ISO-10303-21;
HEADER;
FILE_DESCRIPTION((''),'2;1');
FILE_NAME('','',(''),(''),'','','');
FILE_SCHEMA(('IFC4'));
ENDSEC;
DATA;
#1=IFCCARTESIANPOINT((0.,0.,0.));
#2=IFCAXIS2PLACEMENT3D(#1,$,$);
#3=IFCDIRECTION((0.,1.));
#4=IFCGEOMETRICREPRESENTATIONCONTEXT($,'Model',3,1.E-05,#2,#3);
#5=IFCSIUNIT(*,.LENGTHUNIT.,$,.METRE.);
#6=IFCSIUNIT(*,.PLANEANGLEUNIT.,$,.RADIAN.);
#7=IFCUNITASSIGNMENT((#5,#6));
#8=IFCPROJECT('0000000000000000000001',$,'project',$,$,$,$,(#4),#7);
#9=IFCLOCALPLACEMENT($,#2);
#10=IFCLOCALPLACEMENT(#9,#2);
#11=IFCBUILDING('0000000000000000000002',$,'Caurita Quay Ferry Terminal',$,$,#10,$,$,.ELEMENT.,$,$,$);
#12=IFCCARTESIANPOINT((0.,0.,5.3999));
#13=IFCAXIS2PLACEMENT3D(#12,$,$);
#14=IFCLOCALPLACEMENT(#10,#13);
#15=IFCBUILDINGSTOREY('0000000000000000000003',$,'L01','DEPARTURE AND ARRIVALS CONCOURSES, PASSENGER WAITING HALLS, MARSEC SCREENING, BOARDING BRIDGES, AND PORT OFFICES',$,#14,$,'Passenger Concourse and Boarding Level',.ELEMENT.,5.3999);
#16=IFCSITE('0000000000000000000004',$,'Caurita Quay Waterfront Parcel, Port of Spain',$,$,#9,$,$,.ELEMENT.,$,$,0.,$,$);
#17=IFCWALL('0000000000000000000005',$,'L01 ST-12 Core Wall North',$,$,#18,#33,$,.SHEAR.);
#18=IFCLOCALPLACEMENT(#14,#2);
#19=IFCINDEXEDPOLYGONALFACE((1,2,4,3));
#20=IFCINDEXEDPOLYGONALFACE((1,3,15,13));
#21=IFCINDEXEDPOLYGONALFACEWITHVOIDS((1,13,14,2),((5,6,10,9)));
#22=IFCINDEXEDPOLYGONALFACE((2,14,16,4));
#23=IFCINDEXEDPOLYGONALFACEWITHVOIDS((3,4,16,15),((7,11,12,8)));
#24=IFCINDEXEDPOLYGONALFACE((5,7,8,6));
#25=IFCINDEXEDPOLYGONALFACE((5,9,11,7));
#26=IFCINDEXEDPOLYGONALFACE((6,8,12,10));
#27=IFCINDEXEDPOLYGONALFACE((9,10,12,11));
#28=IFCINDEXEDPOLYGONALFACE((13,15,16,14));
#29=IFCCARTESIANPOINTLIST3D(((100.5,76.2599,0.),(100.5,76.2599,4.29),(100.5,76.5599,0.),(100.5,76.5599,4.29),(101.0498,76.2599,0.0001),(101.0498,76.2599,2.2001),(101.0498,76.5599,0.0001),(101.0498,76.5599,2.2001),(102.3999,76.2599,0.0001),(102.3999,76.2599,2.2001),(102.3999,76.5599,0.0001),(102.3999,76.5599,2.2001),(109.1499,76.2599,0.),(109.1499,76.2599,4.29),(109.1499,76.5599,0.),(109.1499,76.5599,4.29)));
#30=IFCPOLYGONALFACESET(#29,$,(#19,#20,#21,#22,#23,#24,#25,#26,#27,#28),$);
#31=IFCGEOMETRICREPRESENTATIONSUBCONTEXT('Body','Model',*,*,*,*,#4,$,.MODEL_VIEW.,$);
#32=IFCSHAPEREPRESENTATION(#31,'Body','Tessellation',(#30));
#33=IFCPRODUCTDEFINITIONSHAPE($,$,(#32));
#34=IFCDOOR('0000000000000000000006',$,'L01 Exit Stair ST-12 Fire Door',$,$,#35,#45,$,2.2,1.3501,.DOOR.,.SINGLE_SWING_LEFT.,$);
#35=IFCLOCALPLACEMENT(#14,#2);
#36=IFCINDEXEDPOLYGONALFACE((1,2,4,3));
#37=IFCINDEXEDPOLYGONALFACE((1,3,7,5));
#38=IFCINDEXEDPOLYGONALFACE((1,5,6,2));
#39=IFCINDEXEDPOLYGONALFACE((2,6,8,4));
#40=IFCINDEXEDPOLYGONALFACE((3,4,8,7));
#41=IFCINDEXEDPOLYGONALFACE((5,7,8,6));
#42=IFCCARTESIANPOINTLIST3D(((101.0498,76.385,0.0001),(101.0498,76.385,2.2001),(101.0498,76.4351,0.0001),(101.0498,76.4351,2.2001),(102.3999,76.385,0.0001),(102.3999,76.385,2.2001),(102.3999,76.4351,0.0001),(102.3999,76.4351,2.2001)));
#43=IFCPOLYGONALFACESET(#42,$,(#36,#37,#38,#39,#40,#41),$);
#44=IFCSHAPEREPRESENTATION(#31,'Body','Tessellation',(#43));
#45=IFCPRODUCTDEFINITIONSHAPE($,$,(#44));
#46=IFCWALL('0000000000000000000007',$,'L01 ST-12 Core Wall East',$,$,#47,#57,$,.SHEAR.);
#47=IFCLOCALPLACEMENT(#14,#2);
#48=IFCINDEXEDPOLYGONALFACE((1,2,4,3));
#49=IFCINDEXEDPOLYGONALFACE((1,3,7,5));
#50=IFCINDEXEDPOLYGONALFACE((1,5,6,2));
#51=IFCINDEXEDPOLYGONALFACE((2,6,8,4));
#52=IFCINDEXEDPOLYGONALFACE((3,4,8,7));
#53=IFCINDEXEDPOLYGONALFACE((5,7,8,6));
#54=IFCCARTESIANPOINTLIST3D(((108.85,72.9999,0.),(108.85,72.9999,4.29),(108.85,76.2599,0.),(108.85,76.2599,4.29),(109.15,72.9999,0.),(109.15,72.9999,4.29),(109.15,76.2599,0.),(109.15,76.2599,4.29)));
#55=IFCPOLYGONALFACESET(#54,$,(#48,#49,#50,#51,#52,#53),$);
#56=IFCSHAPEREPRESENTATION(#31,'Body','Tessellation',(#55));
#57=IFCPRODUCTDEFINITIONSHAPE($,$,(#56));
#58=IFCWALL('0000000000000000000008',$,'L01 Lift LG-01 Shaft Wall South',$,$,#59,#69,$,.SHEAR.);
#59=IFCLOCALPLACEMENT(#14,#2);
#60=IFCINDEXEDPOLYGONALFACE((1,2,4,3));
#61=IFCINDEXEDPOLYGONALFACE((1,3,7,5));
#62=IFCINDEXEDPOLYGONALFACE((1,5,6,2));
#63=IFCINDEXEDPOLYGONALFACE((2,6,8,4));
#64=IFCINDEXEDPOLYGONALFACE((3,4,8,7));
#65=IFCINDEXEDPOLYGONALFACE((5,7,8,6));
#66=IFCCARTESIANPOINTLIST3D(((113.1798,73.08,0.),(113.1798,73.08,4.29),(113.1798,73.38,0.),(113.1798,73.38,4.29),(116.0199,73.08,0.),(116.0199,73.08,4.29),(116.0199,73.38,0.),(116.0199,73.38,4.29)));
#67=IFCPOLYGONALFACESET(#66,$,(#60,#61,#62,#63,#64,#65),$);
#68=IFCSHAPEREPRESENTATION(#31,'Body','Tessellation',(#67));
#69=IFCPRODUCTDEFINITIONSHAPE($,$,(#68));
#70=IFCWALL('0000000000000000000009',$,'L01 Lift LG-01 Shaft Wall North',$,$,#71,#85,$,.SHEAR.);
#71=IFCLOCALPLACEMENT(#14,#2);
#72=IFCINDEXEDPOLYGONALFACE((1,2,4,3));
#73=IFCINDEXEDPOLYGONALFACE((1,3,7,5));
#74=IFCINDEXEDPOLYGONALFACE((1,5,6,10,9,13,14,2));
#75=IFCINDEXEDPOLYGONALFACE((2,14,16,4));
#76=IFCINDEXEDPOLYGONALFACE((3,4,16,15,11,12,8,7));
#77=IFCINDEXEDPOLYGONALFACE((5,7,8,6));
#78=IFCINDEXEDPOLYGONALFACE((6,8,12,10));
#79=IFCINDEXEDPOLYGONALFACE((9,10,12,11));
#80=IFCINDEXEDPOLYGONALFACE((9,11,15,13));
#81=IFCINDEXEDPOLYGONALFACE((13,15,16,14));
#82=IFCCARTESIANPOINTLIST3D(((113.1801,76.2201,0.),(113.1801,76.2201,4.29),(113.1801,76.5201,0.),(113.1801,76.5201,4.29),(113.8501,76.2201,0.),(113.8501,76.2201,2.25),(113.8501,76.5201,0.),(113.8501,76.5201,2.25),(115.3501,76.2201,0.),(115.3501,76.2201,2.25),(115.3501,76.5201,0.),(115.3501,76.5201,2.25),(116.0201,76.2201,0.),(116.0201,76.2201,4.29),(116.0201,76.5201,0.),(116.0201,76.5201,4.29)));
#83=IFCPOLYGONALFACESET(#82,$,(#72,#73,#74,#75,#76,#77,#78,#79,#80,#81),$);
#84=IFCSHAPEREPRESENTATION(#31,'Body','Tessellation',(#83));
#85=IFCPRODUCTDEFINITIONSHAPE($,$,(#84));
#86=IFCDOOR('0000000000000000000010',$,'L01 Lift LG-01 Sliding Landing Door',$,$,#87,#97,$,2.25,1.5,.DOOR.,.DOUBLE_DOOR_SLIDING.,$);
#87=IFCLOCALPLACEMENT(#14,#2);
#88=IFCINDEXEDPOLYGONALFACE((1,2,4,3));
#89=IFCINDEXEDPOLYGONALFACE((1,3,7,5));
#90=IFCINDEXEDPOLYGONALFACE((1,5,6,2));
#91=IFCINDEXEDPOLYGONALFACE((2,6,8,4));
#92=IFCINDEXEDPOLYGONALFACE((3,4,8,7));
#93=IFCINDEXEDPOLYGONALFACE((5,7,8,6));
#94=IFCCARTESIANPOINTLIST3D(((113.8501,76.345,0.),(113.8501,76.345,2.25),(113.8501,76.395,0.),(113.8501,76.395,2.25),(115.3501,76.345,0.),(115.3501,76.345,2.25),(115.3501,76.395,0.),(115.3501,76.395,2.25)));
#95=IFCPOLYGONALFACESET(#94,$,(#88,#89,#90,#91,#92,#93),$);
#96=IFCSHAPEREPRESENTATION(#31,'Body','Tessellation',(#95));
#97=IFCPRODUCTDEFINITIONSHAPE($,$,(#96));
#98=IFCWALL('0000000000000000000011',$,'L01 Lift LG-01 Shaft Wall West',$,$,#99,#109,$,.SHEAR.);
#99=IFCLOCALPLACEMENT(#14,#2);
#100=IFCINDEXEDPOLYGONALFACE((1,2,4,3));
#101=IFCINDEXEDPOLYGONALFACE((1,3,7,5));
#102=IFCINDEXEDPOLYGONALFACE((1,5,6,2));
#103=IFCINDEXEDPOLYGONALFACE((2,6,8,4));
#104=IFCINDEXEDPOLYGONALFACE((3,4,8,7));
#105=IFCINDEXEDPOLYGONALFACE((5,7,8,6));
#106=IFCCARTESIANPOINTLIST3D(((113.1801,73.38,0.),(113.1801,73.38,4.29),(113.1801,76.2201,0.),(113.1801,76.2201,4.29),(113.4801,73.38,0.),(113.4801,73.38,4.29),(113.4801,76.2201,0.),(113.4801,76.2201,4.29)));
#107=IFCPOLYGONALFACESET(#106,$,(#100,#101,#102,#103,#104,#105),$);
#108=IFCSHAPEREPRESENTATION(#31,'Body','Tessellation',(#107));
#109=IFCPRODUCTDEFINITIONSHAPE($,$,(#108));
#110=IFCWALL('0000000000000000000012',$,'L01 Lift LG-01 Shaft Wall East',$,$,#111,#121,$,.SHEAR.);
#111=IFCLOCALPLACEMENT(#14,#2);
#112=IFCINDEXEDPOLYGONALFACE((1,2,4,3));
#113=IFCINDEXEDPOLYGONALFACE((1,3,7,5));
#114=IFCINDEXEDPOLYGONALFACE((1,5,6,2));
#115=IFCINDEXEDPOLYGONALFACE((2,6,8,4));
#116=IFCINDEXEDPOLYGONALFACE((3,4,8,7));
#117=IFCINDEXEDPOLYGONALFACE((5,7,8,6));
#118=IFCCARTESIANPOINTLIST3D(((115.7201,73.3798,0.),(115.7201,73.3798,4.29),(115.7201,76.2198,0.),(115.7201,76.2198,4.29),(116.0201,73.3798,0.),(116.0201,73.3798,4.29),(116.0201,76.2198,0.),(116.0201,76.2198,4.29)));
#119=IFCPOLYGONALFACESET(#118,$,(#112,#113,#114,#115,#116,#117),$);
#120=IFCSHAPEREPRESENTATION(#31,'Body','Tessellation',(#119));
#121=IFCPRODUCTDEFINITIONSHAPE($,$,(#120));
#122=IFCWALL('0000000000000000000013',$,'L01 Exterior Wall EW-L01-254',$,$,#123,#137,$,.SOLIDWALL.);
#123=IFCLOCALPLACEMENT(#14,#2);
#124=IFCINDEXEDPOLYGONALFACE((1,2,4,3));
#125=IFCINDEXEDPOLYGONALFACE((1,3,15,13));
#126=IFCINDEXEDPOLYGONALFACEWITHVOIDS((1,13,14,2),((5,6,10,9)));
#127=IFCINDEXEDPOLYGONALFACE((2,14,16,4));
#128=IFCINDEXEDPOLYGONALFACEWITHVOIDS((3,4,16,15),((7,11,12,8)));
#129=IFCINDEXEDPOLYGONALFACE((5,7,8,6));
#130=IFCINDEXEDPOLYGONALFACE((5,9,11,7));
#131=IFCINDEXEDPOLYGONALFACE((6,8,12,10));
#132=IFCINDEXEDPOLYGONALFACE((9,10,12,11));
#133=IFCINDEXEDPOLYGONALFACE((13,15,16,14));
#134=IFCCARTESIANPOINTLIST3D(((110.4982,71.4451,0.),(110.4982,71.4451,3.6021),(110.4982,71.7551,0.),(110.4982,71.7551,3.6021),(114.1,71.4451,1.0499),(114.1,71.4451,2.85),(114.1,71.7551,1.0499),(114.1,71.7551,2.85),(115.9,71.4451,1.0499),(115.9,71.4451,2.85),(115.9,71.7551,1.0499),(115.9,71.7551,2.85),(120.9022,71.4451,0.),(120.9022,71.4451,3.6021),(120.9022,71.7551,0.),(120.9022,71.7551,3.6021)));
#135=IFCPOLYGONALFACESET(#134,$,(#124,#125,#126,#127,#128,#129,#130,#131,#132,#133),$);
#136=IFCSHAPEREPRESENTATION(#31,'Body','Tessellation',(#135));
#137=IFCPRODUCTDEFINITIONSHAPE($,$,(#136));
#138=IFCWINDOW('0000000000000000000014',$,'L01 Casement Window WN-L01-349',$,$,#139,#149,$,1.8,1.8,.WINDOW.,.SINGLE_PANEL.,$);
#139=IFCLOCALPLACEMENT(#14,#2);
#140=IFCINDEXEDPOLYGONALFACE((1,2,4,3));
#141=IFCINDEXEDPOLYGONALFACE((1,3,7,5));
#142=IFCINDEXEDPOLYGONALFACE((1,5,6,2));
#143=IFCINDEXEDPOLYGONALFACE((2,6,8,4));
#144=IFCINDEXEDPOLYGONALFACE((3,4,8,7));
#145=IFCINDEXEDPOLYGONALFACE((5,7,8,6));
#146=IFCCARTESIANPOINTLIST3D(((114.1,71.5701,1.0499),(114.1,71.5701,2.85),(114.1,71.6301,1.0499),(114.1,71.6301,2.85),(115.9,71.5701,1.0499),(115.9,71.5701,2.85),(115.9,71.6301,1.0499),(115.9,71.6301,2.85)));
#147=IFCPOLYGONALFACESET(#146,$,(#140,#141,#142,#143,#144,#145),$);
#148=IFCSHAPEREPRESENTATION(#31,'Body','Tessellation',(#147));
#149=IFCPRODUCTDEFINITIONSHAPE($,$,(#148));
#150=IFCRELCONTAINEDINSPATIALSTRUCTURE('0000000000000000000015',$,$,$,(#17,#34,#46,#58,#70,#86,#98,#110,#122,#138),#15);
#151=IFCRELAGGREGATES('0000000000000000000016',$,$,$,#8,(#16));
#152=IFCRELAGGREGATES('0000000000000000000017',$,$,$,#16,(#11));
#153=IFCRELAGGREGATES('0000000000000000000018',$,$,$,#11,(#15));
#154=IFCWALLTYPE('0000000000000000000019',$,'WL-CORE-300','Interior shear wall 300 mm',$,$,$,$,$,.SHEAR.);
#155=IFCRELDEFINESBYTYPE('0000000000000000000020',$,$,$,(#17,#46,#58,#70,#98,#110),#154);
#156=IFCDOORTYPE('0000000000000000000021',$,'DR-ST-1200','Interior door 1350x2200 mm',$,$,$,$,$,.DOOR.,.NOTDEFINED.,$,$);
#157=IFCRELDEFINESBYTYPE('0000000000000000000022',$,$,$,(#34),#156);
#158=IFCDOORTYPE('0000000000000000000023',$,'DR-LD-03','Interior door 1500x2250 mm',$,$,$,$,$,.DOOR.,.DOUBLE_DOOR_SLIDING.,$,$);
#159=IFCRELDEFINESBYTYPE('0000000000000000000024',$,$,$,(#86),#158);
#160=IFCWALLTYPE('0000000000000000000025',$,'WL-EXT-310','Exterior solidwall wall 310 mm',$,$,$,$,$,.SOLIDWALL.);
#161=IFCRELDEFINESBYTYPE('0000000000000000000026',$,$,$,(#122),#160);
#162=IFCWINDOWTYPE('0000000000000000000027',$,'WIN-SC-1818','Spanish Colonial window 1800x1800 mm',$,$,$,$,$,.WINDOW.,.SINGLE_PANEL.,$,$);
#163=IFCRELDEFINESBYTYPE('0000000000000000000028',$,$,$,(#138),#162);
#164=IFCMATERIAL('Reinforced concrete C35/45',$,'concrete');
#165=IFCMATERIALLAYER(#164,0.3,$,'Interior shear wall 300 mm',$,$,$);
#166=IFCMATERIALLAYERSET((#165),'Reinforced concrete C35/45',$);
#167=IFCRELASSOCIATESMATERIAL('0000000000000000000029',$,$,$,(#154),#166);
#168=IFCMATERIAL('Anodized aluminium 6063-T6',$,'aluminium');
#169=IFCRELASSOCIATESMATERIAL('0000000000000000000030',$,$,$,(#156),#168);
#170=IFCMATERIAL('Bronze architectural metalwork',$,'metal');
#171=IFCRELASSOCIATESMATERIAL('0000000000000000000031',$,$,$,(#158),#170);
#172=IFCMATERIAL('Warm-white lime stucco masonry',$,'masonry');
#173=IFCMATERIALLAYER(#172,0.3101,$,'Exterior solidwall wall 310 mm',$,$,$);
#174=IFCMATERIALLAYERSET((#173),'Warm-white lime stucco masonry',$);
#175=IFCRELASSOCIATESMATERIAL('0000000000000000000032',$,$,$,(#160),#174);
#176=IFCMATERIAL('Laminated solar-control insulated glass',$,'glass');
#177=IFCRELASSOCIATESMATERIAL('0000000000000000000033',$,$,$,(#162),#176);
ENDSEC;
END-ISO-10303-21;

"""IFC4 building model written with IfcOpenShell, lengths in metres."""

from ifc_helpers import new_model, si_unit, direction, frame, frame_2d, origin, place, context, subcontext, project, spatial, rectangle, extrude, material, layer, layer_set, type_object, element, fill, save


model = new_model("IFC4")

# Units and contexts
model_context = context("Model", 3, precision=1e-05, world=origin(), true_north=direction((0.0, 1.0)))
body_context = subcontext(model_context, "Body", "Model", "MODEL_VIEW")
ifc_project = project(units=[si_unit("LENGTHUNIT", "METRE"), si_unit("PLANEANGLEUNIT", "RADIAN")], contexts=[model_context])

# Site, building, storey
site_placement = place(None, origin())
site = spatial("IfcSite", under=ifc_project, at=site_placement, Name="Caurita Quay Waterfront Parcel, Port of Spain", CompositionType="ELEMENT", RefElevation=0.0)
building_placement = place(site_placement, origin())
building = spatial("IfcBuilding", under=site, at=building_placement, Name="Caurita Quay Ferry Terminal", CompositionType="ELEMENT")
storey_placement = place(building_placement, frame((0.0, 0.0, 5.3999)))
storey = spatial("IfcBuildingStorey", under=building, at=storey_placement, Name="L01", Description="DEPARTURE AND ARRIVALS CONCOURSES, PASSENGER WAITING HALLS, MARSEC SCREENING, BOARDING BRIDGES, AND PORT OFFICES", LongName="Passenger Concourse and Boarding Level", CompositionType="ELEMENT", Elevation=5.3999)

# Shared definitions
ifc_material_1 = material(Name="Reinforced concrete C35/45", Category="concrete")

# Wall, opening, door
ifc_layer_1 = layer(ifc_material_1, 0.3, Name="Interior shear wall 300 mm")
ifc_layer_set_1 = layer_set([ifc_layer_1], Name="Reinforced concrete C35/45")
wall_type_1 = type_object("IfcWallType", Name="WL-CORE-300", Description="Interior shear wall 300 mm", PredefinedType="SHEAR", material=ifc_layer_set_1)
wall_1_placement = place(storey_placement, frame((109.1499, 76.4099, 0.0), z_axis=(0.0, 0.0, 1.0), x_axis=(-1.0, 0.0, 0.0)))
wall_1 = element("IfcWall", 1, at=wall_1_placement, inside=storey, type_object=wall_type_1, Name="L01 ST-12 Core Wall North", PredefinedType="SHEAR", context=body_context, shape_type="SweptSolid", body=[
    extrude(rectangle(XDim=8.6499, YDim=0.3, at=frame_2d((4.325, 0.0))), origin(), (0.0, 0.0, 1.0), 4.29),
])
opening_1_placement = place(wall_1_placement, frame((6.75, 0.0, 0.0)))
opening_1 = element("IfcOpeningElement", 2, at=opening_1_placement, cuts=wall_1, PredefinedType="OPENING", context=body_context, shape_type="SweptSolid", body=[
    extrude(rectangle(XDim=1.3501, YDim=2.2, at=frame_2d((0.675, 1.1001))), frame((0.0, 0.1599, 0.0), z_axis=(0.0, -1.0, 0.0), x_axis=(1.0, 0.0, 0.0)), (0.0, 0.0, 1.0), 0.3201),
])
ifc_material_2 = material(Name="Anodized aluminium 6063-T6", Category="aluminium")
door_type_1 = type_object("IfcDoorType", Name="DR-ST-1200", Description="Interior door 1350x2200 mm", OperationType="NOTDEFINED", PredefinedType="DOOR", material=ifc_material_2)
door_1_placement = place(opening_1_placement, origin())
door_1 = element("IfcDoor", 3, at=door_1_placement, inside=storey, type_object=door_type_1, Name="L01 Exit Stair ST-12 Fire Door", OperationType="SINGLE_SWING_LEFT", OverallHeight=2.2, OverallWidth=1.3501, PredefinedType="DOOR", context=body_context, shape_type="SweptSolid", body=[
    extrude(rectangle(XDim=1.3501, YDim=2.2, at=frame_2d((0.675, 1.1001))), frame((0.0, 0.0249, 0.0), z_axis=(0.0, -1.0, 0.0), x_axis=(1.0, 0.0, 0.0)), (0.0, 0.0, 1.0), 0.05),
])
fill(opening_1, door_1)

# Walls
wall_2_placement = place(storey_placement, frame((109.0, 73.0, 0.0), z_axis=(0.0, 0.0, 1.0), x_axis=(0.0, 1.0, 0.0)))
element("IfcWall", 4, at=wall_2_placement, inside=storey, type_object=wall_type_1, Name="L01 ST-12 Core Wall East", PredefinedType="SHEAR", context=body_context, shape_type="SweptSolid", body=[
    extrude(rectangle(XDim=3.26, YDim=0.3, at=frame_2d((1.6299, 0.0))), origin(), (0.0, 0.0, 1.0), 4.29),
])
wall_3_placement = place(storey_placement, frame((113.1799, 73.23, 0.0), z_axis=(0.0, 0.0, 1.0), x_axis=(1.0, 0.0, 0.0)))
element("IfcWall", 5, at=wall_3_placement, inside=storey, type_object=wall_type_1, Name="L01 Lift LG-01 Shaft Wall South", PredefinedType="SHEAR", context=body_context, shape_type="SweptSolid", body=[
    extrude(rectangle(XDim=2.8401, YDim=0.3, at=frame_2d((1.4199, 0.0))), origin(), (0.0, 0.0, 1.0), 4.29),
])

# Wall, opening, door
wall_4_placement = place(storey_placement, frame((116.02, 76.3701, 0.0), z_axis=(0.0, 0.0, 1.0), x_axis=(-1.0, 0.0, 0.0)))
wall_4 = element("IfcWall", 6, at=wall_4_placement, inside=storey, type_object=wall_type_1, Name="L01 Lift LG-01 Shaft Wall North", PredefinedType="SHEAR", context=body_context, shape_type="SweptSolid", body=[
    extrude(rectangle(XDim=2.8401, YDim=0.3, at=frame_2d((1.4199, 0.0))), origin(), (0.0, 0.0, 1.0), 4.29),
])
opening_2_placement = place(wall_4_placement, frame((0.6699, 0.0, 0.0)))
opening_2 = element("IfcOpeningElement", 7, at=opening_2_placement, cuts=wall_4, PredefinedType="OPENING", context=body_context, shape_type="SweptSolid", body=[
    extrude(rectangle(XDim=1.5, YDim=2.25, at=frame_2d((0.75, 1.125))), frame((0.0, 0.1599, 0.0), z_axis=(0.0, -1.0, 0.0), x_axis=(1.0, 0.0, 0.0)), (0.0, 0.0, 1.0), 0.3201),
])
ifc_material_3 = material(Name="Bronze architectural metalwork", Category="metal")
door_type_2 = type_object("IfcDoorType", Name="DR-LD-03", Description="Interior door 1500x2250 mm", OperationType="DOUBLE_DOOR_SLIDING", PredefinedType="DOOR", material=ifc_material_3)
door_2_placement = place(opening_2_placement, frame((1.5, 0.0, 0.0), z_axis=(0.0, 0.0, 1.0), x_axis=(-1.0, 0.0, 0.0)))
door_2 = element("IfcDoor", 8, at=door_2_placement, inside=storey, type_object=door_type_2, Name="L01 Lift LG-01 Sliding Landing Door", OperationType="DOUBLE_DOOR_SLIDING", OverallHeight=2.25, OverallWidth=1.5, PredefinedType="DOOR", context=body_context, shape_type="SweptSolid", body=[
    extrude(rectangle(XDim=1.5, YDim=2.25, at=frame_2d((0.75, 1.125))), frame((0.0, 0.0249, 0.0), z_axis=(0.0, -1.0, 0.0), x_axis=(1.0, 0.0, 0.0)), (0.0, 0.0, 1.0), 0.05),
])
fill(opening_2, door_2)

# Walls
for number, where, z_axis, x_axis, name in (
    (9, (113.3301, 76.22, 0.0), (0.0, 0.0, 1.0), (0.0, -1.0, 0.0), "L01 Lift LG-01 Shaft Wall West"),
    (10, (115.8701, 73.3799, 0.0), (0.0, 0.0, 1.0), (0.0, 1.0, 0.0), "L01 Lift LG-01 Shaft Wall East"),
):
    element("IfcWall", number, at=place(storey_placement, frame(where, z_axis=z_axis, x_axis=x_axis)), inside=storey, type_object=wall_type_1, Name=name, PredefinedType="SHEAR", context=body_context, shape_type="SweptSolid", body=[
        extrude(rectangle(XDim=2.8401, YDim=0.3, at=frame_2d((1.4199, 0.0))), origin(), (0.0, 0.0, 1.0), 4.29),
    ])

# Wall, opening, window
ifc_material_4 = material(Name="Warm-white lime stucco masonry", Category="masonry")
ifc_layer_2 = layer(ifc_material_4, 0.3101, Name="Exterior solidwall wall 310 mm")
ifc_layer_set_2 = layer_set([ifc_layer_2], Name="Warm-white lime stucco masonry")
wall_type_2 = type_object("IfcWallType", Name="WL-EXT-310", Description="Exterior solidwall wall 310 mm", PredefinedType="SOLIDWALL", material=ifc_layer_set_2)
wall_5_placement = place(storey_placement, frame((110.498, 71.6001, 0.0), z_axis=(0.0, 0.0, 1.0), x_axis=(1.0, 0.0, 0.0)))
wall_5 = element("IfcWall", 11, at=wall_5_placement, inside=storey, type_object=wall_type_2, Name="L01 Exterior Wall EW-L01-254", PredefinedType="SOLIDWALL", context=body_context, shape_type="SweptSolid", body=[
    extrude(rectangle(XDim=10.4041, YDim=0.3101, at=frame_2d((5.2021, 0.0))), origin(), (0.0, 0.0, 1.0), 3.6021),
])
opening_3_placement = place(wall_5_placement, frame((3.6021, 0.0, 1.05)))
opening_3 = element("IfcOpeningElement", 12, at=opening_3_placement, cuts=wall_5, PredefinedType="OPENING", context=body_context, shape_type="SweptSolid", body=[
    extrude(rectangle(XDim=1.8, YDim=1.8, at=frame_2d((0.8999, 0.8999))), frame((0.0, 0.165, 0.0), z_axis=(0.0, -1.0, 0.0), x_axis=(1.0, 0.0, 0.0)), (0.0, 0.0, 1.0), 0.3301),
])
ifc_material_5 = material(Name="Laminated solar-control insulated glass", Category="glass")
window_type = type_object("IfcWindowType", Name="WIN-SC-1818", Description="Spanish Colonial window 1800x1800 mm", PartitioningType="SINGLE_PANEL", PredefinedType="WINDOW", material=ifc_material_5)
window_placement = place(opening_3_placement, origin())
window = element("IfcWindow", 13, at=window_placement, inside=storey, type_object=window_type, Name="L01 Casement Window WN-L01-349", OverallHeight=1.8, OverallWidth=1.8, PartitioningType="SINGLE_PANEL", PredefinedType="WINDOW", context=body_context, shape_type="SweptSolid", body=[
    extrude(rectangle(XDim=1.8, YDim=1.8, at=frame_2d((0.8999, 0.8999))), frame((0.0, 0.03, 0.0), z_axis=(0.0, -1.0, 0.0), x_axis=(1.0, 0.0, 0.0)), (0.0, 0.0, 1.0), 0.0601),
])
fill(opening_3, window)

save(model, "model.ifc")
